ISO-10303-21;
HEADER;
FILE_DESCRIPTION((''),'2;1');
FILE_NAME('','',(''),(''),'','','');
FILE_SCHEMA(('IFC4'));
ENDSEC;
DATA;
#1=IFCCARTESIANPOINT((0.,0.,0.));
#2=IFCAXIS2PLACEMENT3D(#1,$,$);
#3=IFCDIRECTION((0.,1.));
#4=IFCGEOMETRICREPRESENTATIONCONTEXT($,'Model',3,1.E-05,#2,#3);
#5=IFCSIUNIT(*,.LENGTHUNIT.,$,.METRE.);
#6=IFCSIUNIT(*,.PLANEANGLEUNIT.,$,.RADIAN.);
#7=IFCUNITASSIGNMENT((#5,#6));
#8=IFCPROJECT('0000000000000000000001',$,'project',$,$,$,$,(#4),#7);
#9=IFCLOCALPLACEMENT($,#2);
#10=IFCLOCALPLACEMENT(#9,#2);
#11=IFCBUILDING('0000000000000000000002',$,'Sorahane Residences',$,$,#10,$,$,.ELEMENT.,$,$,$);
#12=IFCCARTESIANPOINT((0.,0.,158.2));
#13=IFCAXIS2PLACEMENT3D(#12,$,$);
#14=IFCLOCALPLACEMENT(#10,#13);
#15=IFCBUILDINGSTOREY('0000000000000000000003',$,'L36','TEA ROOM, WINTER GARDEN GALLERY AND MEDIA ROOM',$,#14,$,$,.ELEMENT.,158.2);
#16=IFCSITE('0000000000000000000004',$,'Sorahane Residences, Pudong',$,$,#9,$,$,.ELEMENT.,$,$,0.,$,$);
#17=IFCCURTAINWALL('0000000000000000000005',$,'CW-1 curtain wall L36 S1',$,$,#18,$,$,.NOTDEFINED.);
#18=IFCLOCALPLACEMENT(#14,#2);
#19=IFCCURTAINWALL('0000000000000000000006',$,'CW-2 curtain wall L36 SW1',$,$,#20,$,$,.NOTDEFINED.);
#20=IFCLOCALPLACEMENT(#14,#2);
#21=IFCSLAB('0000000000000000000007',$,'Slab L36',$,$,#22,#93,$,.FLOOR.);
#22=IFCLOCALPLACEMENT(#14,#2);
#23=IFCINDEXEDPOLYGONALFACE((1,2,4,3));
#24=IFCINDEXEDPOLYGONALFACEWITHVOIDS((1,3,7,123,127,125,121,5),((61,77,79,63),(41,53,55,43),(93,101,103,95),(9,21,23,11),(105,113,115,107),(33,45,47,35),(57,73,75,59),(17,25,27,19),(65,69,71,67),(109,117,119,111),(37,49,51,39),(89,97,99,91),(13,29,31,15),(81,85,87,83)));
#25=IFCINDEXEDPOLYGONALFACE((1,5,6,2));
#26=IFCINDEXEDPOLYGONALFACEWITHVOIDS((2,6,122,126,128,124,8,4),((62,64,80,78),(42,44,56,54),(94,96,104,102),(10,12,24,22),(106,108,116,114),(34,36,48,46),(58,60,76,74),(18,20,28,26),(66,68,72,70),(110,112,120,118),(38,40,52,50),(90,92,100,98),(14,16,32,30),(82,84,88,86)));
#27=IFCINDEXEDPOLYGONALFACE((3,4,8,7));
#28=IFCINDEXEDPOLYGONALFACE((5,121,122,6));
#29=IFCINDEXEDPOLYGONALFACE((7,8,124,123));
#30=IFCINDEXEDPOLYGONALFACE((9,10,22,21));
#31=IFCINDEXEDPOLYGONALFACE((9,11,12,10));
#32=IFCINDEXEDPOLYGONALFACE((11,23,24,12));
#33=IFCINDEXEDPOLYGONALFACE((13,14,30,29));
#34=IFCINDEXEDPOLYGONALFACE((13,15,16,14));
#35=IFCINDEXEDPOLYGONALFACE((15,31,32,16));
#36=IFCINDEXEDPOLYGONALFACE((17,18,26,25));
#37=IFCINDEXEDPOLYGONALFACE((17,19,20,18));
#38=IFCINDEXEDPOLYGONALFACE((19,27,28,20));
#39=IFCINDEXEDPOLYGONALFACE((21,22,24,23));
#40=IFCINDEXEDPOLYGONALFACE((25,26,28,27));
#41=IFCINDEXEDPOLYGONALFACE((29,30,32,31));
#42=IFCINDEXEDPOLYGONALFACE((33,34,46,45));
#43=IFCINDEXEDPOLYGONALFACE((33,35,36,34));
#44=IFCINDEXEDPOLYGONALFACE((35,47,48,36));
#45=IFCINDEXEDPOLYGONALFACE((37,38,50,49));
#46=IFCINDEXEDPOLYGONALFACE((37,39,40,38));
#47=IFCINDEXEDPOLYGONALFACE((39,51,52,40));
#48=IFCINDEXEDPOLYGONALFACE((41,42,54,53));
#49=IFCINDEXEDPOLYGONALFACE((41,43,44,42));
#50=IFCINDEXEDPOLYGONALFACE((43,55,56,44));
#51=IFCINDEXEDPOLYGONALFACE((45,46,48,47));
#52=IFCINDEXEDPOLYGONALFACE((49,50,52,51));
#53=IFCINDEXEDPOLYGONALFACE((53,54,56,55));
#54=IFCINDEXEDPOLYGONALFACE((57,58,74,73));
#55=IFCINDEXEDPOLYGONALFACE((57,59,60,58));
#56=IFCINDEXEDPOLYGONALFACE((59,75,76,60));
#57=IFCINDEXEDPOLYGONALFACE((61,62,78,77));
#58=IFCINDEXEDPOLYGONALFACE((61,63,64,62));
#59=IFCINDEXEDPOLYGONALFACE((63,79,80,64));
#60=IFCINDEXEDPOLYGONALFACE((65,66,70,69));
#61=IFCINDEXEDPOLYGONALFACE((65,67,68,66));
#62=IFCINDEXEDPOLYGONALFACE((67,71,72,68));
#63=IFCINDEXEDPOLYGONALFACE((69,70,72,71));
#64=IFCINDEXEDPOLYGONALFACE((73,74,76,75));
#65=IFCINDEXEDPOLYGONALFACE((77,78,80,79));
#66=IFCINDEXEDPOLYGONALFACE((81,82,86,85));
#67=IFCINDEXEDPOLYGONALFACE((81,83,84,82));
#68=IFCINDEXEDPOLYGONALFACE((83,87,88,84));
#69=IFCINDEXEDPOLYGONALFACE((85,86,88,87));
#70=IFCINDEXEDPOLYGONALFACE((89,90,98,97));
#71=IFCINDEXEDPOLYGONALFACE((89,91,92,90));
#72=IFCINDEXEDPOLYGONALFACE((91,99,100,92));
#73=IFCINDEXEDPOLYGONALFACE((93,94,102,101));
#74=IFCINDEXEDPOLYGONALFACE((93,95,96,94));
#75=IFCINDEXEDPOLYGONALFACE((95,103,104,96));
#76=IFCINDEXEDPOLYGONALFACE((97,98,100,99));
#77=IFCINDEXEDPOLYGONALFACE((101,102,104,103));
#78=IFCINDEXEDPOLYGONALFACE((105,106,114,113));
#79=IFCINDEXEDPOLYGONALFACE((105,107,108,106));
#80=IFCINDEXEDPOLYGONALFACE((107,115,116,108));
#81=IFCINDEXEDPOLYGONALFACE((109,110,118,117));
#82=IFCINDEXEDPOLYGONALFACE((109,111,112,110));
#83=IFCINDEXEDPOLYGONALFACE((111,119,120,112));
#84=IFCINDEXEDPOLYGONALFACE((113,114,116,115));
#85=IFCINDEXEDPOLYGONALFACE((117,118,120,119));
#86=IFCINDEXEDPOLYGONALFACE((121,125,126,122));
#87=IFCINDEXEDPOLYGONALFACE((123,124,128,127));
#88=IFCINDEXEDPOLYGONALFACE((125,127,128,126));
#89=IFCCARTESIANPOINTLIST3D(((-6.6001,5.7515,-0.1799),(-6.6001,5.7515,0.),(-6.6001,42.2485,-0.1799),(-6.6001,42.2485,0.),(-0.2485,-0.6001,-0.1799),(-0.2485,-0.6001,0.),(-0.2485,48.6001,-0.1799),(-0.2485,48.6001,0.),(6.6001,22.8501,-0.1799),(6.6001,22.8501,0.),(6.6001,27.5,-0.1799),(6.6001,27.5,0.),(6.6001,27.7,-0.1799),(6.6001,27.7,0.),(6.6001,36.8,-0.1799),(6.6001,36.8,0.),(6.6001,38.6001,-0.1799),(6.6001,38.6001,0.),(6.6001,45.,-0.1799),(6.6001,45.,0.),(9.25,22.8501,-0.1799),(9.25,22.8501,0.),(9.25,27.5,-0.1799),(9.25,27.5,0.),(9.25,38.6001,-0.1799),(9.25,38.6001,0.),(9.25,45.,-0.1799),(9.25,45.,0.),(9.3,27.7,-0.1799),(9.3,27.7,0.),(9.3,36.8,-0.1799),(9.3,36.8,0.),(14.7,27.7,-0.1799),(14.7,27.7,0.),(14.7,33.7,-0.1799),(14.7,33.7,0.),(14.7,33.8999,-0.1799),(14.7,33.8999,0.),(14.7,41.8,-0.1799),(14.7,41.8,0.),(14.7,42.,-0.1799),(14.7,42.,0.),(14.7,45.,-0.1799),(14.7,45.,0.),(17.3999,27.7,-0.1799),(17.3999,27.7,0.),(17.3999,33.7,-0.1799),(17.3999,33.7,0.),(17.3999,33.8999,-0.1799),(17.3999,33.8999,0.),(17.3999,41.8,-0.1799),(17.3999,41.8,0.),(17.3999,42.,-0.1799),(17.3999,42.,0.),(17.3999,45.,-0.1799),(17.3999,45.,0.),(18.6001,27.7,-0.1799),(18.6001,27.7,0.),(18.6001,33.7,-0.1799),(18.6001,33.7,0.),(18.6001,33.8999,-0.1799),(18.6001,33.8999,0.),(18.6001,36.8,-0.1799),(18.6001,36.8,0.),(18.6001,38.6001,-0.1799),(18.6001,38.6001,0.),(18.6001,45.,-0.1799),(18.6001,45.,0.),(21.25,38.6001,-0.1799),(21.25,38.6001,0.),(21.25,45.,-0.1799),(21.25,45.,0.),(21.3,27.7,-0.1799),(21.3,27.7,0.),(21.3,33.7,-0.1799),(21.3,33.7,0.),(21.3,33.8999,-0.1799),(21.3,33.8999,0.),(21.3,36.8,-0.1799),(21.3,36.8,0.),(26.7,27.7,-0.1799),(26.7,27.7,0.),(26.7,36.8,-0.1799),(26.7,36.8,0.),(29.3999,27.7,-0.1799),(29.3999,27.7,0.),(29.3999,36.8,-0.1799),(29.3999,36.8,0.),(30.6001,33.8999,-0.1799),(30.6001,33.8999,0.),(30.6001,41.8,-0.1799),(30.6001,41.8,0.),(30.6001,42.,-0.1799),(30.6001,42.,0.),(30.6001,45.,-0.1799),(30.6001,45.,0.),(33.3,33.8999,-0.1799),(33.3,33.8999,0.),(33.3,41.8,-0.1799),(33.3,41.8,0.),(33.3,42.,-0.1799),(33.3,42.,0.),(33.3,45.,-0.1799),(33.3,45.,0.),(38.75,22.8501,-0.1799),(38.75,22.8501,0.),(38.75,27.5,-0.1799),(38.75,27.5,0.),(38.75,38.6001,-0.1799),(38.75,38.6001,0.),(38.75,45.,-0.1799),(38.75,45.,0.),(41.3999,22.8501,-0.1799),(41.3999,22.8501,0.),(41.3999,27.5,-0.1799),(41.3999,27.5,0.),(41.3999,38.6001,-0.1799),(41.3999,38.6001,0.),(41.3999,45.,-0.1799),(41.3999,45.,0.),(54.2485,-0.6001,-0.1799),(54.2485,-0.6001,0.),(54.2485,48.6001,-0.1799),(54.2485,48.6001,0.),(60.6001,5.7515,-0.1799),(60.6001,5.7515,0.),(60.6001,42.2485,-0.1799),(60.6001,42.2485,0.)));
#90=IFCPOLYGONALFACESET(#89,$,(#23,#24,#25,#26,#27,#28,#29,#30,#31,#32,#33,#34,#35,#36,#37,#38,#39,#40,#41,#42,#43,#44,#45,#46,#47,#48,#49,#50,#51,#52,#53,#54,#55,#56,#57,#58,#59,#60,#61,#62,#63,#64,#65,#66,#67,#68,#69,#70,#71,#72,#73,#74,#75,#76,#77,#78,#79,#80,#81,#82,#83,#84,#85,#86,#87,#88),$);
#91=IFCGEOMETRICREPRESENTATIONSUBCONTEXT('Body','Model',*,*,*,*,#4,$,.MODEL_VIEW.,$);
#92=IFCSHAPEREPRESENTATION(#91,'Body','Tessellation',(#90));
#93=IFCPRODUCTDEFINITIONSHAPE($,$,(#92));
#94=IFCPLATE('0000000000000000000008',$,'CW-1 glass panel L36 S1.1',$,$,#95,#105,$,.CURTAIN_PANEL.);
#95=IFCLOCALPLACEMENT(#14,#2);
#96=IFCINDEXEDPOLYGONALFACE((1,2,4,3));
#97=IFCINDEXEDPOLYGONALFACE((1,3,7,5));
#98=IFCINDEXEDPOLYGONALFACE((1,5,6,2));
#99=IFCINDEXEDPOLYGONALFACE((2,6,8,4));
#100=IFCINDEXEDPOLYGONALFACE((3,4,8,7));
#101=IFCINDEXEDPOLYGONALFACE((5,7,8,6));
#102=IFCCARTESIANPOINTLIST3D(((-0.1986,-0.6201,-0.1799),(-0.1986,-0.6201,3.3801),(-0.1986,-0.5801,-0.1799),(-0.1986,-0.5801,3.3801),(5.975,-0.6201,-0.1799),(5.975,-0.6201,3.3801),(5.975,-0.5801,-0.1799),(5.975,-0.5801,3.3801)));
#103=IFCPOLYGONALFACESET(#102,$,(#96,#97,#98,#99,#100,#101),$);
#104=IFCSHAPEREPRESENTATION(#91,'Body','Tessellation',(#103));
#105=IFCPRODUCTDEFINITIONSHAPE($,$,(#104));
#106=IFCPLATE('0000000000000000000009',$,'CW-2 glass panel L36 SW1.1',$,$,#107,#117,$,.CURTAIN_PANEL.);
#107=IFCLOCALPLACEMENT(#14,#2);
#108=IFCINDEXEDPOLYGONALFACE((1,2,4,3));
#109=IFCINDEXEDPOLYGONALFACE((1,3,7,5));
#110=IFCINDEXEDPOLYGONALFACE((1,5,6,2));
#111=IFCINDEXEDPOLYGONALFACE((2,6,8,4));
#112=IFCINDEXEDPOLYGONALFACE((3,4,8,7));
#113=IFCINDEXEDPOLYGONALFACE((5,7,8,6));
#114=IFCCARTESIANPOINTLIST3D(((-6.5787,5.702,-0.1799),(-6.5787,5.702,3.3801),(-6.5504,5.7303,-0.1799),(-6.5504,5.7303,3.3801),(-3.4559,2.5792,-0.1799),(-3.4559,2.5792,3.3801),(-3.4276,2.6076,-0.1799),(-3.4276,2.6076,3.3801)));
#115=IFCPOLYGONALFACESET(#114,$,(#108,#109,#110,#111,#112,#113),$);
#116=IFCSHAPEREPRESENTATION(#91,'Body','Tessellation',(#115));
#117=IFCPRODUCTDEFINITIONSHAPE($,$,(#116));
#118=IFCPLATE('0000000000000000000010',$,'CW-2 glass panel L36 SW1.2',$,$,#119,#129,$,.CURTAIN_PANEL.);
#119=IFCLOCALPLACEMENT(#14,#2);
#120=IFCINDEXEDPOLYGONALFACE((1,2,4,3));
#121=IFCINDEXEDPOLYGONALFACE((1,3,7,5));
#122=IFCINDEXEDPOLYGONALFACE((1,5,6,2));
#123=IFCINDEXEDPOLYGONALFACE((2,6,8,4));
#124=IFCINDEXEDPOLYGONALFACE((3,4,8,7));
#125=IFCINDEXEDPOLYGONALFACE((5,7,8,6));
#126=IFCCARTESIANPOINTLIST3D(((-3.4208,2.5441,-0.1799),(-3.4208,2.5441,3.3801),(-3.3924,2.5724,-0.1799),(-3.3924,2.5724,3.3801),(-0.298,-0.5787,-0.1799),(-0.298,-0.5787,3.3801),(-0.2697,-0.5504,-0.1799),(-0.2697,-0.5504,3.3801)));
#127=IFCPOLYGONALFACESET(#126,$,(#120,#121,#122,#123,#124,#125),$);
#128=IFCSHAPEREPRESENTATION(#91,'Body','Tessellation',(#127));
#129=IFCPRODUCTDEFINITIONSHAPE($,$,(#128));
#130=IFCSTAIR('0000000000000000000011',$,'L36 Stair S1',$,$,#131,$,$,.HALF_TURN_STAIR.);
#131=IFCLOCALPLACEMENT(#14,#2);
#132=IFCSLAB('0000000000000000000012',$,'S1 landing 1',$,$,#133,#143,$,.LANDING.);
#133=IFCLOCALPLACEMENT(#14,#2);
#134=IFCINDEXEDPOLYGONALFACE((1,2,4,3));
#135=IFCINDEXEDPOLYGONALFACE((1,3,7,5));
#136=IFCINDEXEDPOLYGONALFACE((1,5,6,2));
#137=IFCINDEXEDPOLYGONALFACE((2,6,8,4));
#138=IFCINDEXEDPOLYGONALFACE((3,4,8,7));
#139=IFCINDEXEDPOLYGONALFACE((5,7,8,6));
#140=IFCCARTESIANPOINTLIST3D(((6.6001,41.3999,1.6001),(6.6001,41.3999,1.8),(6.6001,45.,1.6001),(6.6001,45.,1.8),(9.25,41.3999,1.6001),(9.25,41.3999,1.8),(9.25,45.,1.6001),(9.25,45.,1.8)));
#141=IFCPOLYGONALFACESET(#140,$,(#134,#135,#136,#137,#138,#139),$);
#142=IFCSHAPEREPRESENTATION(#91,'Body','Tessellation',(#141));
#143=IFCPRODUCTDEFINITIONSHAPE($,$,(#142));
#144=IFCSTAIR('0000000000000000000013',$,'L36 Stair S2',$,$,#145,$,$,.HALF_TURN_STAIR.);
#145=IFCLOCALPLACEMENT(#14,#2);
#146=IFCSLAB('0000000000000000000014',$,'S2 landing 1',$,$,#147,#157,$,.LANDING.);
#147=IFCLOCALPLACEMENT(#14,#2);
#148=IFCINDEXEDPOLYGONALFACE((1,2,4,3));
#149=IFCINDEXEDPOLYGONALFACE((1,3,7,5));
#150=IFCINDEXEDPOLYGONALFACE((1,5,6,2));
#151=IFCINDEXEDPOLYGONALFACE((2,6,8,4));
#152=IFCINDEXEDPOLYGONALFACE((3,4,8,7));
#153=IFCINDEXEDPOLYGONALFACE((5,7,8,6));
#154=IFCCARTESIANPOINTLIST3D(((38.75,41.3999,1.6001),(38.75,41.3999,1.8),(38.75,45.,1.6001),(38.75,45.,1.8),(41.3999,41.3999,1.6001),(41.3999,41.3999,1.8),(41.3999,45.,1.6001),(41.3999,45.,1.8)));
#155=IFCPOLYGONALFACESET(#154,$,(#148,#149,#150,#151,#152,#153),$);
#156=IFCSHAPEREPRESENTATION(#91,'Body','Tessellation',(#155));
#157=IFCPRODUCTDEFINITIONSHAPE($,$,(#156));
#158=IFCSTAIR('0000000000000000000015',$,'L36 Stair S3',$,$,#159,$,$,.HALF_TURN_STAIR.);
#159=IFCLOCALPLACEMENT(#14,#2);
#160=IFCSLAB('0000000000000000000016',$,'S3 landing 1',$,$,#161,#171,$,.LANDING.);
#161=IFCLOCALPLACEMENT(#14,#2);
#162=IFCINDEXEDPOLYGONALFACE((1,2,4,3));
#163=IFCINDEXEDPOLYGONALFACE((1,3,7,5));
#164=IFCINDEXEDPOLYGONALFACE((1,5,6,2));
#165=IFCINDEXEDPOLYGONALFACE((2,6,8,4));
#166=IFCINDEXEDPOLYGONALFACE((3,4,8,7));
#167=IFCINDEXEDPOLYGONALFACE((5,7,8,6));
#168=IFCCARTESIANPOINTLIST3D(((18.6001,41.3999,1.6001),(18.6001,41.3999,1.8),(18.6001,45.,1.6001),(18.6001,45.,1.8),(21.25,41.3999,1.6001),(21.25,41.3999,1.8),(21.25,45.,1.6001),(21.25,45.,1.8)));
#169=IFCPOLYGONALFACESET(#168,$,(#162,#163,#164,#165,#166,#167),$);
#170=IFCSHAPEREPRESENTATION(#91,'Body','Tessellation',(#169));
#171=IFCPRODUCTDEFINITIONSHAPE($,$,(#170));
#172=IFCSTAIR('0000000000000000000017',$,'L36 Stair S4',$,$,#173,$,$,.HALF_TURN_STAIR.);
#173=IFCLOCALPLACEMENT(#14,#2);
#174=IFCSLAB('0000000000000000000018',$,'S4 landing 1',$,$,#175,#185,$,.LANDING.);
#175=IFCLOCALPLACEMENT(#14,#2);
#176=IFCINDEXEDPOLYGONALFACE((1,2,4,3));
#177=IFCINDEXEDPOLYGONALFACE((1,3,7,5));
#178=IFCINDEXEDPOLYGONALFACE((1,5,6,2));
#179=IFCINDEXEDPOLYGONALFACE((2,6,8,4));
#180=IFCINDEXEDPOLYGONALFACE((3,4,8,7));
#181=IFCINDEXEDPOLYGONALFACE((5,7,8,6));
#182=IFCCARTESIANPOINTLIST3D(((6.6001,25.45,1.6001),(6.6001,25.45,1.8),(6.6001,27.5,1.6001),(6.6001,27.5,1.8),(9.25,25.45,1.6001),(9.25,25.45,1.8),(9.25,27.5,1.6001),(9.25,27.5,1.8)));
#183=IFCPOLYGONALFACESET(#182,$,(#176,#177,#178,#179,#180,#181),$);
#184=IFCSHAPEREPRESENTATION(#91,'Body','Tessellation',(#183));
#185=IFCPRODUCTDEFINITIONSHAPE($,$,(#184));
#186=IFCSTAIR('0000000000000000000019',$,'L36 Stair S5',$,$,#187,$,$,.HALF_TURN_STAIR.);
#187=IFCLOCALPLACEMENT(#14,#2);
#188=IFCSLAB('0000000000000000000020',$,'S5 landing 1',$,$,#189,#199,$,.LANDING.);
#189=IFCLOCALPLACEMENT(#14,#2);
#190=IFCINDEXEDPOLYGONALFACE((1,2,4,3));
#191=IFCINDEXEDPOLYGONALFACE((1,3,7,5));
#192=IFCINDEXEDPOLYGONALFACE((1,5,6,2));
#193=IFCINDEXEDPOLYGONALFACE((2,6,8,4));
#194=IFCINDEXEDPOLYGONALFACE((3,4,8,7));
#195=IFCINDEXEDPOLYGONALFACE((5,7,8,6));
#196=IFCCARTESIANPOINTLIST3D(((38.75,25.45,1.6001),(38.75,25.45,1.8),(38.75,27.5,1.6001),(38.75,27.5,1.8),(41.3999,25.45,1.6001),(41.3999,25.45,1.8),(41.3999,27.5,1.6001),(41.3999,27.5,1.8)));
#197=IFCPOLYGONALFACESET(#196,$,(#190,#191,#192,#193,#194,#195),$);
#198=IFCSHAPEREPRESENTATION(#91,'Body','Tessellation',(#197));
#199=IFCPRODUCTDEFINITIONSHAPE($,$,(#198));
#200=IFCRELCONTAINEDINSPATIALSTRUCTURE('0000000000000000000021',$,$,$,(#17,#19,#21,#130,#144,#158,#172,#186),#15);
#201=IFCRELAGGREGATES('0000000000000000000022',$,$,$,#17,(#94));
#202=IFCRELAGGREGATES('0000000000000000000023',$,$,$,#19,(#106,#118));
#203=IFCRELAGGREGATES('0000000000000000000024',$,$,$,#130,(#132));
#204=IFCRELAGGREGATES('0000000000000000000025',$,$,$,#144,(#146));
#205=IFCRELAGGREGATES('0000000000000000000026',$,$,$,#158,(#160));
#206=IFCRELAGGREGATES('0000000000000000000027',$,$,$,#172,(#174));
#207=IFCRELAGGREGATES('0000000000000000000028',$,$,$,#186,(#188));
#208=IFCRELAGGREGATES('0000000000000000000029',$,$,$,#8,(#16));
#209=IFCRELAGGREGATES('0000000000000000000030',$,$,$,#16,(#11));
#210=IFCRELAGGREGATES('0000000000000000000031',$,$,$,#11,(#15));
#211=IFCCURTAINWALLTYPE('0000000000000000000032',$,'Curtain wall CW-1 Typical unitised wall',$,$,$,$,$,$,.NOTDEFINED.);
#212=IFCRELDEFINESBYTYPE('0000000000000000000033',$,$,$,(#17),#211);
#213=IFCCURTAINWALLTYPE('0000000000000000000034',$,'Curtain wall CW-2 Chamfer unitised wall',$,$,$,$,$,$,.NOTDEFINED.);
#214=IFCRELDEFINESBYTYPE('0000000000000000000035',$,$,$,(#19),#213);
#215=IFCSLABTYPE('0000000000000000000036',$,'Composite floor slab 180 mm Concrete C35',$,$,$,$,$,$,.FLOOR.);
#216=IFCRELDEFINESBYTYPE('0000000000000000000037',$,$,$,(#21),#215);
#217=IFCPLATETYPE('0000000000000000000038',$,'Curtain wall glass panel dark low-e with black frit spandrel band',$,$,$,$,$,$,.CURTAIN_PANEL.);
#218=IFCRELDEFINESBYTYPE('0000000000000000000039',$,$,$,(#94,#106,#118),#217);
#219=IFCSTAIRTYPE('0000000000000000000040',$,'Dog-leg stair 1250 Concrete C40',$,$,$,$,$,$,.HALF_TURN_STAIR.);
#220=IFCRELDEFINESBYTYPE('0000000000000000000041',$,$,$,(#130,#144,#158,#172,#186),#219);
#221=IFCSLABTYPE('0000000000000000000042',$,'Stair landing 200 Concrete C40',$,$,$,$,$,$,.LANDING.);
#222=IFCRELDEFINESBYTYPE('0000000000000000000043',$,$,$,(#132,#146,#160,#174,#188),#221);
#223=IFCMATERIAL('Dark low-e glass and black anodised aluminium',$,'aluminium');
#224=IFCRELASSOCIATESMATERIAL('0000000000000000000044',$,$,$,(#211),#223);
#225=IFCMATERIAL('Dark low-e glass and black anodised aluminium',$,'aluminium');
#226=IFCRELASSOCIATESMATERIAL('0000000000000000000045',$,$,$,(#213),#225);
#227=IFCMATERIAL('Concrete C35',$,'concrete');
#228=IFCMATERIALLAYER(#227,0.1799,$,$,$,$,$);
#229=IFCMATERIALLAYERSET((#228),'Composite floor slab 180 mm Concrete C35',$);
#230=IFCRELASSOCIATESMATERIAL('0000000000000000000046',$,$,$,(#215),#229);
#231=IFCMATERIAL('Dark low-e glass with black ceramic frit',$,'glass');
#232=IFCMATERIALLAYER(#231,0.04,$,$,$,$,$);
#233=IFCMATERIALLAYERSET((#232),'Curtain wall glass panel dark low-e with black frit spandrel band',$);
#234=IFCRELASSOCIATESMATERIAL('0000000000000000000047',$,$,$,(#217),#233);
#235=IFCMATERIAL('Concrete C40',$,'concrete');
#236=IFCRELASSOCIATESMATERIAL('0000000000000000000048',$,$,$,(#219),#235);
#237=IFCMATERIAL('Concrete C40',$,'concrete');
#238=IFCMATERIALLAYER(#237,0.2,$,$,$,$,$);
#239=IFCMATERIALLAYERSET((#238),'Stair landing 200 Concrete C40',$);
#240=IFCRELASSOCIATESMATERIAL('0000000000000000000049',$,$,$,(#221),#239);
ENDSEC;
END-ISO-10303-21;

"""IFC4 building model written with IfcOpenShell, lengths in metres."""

from ifc_helpers import new_model, si_unit, direction, frame, origin, origin_2d, place, context, subcontext, project, spatial, polyline, rectangle, outline, extrude, material, layer, layer_set, type_object, element, aggregate, save


model = new_model("IFC4")

# Units and contexts
model_context = context("Model", 3, precision=1e-05, world=origin(), true_north=direction((0.0, 1.0)))
body_context = subcontext(model_context, "Body", "Model", "MODEL_VIEW")
ifc_project = project(units=[si_unit("LENGTHUNIT", "METRE"), si_unit("PLANEANGLEUNIT", "RADIAN")], contexts=[model_context])

# Site, building, storey
site_placement = place(None, origin())
site = spatial("IfcSite", under=ifc_project, at=site_placement, Name="Sorahane Residences, Pudong", CompositionType="ELEMENT", RefElevation=0.0)
building_placement = place(site_placement, origin())
building = spatial("IfcBuilding", under=site, at=building_placement, Name="Sorahane Residences", CompositionType="ELEMENT")
storey_placement = place(building_placement, frame((0.0, 0.0, 158.2)))
storey = spatial("IfcBuildingStorey", under=building, at=storey_placement, Name="L36", Description="TEA ROOM, WINTER GARDEN GALLERY AND MEDIA ROOM", CompositionType="ELEMENT", Elevation=158.2)

# Curtain wall
ifc_material_1 = material(Name="Dark low-e glass and black anodised aluminium", Category="aluminium")
curtain_wall_type_1 = type_object("IfcCurtainWallType", Name="Curtain wall CW-1 Typical unitised wall", PredefinedType="NOTDEFINED", material=ifc_material_1)
curtain_wall_1_placement = place(storey_placement, origin())
curtain_wall_1 = element("IfcCurtainWall", 1, at=curtain_wall_1_placement, inside=storey, type_object=curtain_wall_type_1, Name="CW-1 curtain wall L36 S1", PredefinedType="NOTDEFINED")

# Curtain wall
ifc_material_2 = material(Name="Dark low-e glass and black anodised aluminium", Category="aluminium")
curtain_wall_type_2 = type_object("IfcCurtainWallType", Name="Curtain wall CW-2 Chamfer unitised wall", PredefinedType="NOTDEFINED", material=ifc_material_2)
curtain_wall_2_placement = place(storey_placement, origin())
curtain_wall_2 = element("IfcCurtainWall", 2, at=curtain_wall_2_placement, inside=storey, type_object=curtain_wall_type_2, Name="CW-2 curtain wall L36 SW1", PredefinedType="NOTDEFINED")

# Slab
ifc_material_3 = material(Name="Concrete C35", Category="concrete")
ifc_layer_1 = layer(ifc_material_3, 0.1799)
ifc_layer_set_1 = layer_set([ifc_layer_1], Name="Composite floor slab 180 mm Concrete C35")
slab_type_1 = type_object("IfcSlabType", Name="Composite floor slab 180 mm Concrete C35", PredefinedType="FLOOR", material=ifc_layer_set_1)
slab_1_placement = place(storey_placement, frame((0.0, 0.0, -0.1799)))
element("IfcSlab", 3, at=slab_1_placement, inside=storey, type_object=slab_type_1, Name="Slab L36", PredefinedType="FLOOR", context=body_context, shape_type="SweptSolid", body=[
    extrude(outline(polyline([(-0.2485, -0.6001), (-6.6001, 5.7515), (-6.6001, 42.2485), (-0.2485, 48.6001), (54.2485, 48.6001), (60.6001, 42.2485), (60.6001, 5.7515), (54.2485, -0.6001), (-0.2485, -0.6001)]), holes=[polyline([(18.6001, 27.7), (21.3, 27.7), (21.3, 33.7), (18.6001, 33.7), (18.6001, 27.7)]), polyline([(30.6001, 42.0), (33.3, 42.0), (33.3, 45.0), (30.6001, 45.0), (30.6001, 42.0)]), polyline([(14.7, 27.7), (17.3999, 27.7), (17.3999, 33.7), (14.7, 33.7), (14.7, 27.7)]), polyline([(14.7, 42.0), (17.3999, 42.0), (17.3999, 45.0), (14.7, 45.0), (14.7, 42.0)]), polyline([(6.6001, 27.7), (9.3, 27.7), (9.3, 36.8), (6.6001, 36.8), (6.6001, 27.7)]), polyline([(9.25, 38.6001), (9.25, 45.0), (6.6001, 45.0), (6.6001, 38.6001), (9.25, 38.6001)]), polyline([(41.3999, 38.6001), (41.3999, 45.0), (38.75, 45.0), (38.75, 38.6001), (41.3999, 38.6001)]), polyline([(21.25, 38.6001), (21.25, 45.0), (18.6001, 45.0), (18.6001, 38.6001), (21.25, 38.6001)]), polyline([(9.25, 22.8501), (9.25, 27.5), (6.6001, 27.5), (6.6001, 22.8501), (9.25, 22.8501)]), polyline([(41.3999, 22.8501), (41.3999, 27.5), (38.75, 27.5), (38.75, 22.8501), (41.3999, 22.8501)]), polyline([(14.7, 33.8999), (17.3999, 33.8999), (17.3999, 41.8), (14.7, 41.8), (14.7, 33.8999)]), polyline([(30.6001, 33.8999), (33.3, 33.8999), (33.3, 41.8), (30.6001, 41.8), (30.6001, 33.8999)]), polyline([(18.6001, 33.8999), (21.3, 33.8999), (21.3, 36.8), (18.6001, 36.8), (18.6001, 33.8999)]), polyline([(26.7, 27.7), (29.3999, 27.7), (29.3999, 36.8), (26.7, 36.8), (26.7, 27.7)])]), origin(), (0.0, 0.0, 1.0), 0.1799),
])

# Plates
ifc_material_4 = material(Name="Dark low-e glass with black ceramic frit", Category="glass")
ifc_layer_2 = layer(ifc_material_4, 0.04)
ifc_layer_set_2 = layer_set([ifc_layer_2], Name="Curtain wall glass panel dark low-e with black frit spandrel band")
plate_type = type_object("IfcPlateType", Name="Curtain wall glass panel dark low-e with black frit spandrel band", PredefinedType="CURTAIN_PANEL", material=ifc_layer_set_2)
plate_1_placement = place(storey_placement, frame((2.8882, -0.6001, -0.1799), z_axis=(0.0, 0.0, 1.0), x_axis=(1.0, 0.0, 0.0)))
plate_1 = element("IfcPlate", 4, at=plate_1_placement, type_object=plate_type, Name="CW-1 glass panel L36 S1.1", PredefinedType="CURTAIN_PANEL", context=body_context, shape_type="SweptSolid", body=[
    extrude(rectangle(XDim=6.1736, YDim=0.04, at=origin_2d()), origin(), (0.0, 0.0, 1.0), 3.5601),
])
aggregate(curtain_wall_1, [plate_1])
plate_2_placement = place(storey_placement, frame((-5.0032, 4.1548, -0.1799), z_axis=(0.0, 0.0, 1.0), x_axis=(0.707107, -0.707107, 0.0)))
plate_2 = element("IfcPlate", 5, at=plate_2_placement, type_object=plate_type, Name="CW-2 glass panel L36 SW1.1", PredefinedType="CURTAIN_PANEL", context=body_context, shape_type="SweptSolid", body=[
    extrude(rectangle(XDim=4.4163, YDim=0.04, at=origin_2d()), origin(), (0.0, 0.0, 1.0), 3.5601),
])
plate_3_placement = place(storey_placement, frame((-1.8452, 0.9968, -0.1799), z_axis=(0.0, 0.0, 1.0), x_axis=(0.707107, -0.707107, 0.0)))
plate_3 = element("IfcPlate", 6, at=plate_3_placement, type_object=plate_type, Name="CW-2 glass panel L36 SW1.2", PredefinedType="CURTAIN_PANEL", context=body_context, shape_type="SweptSolid", body=[
    extrude(rectangle(XDim=4.4163, YDim=0.04, at=origin_2d()), origin(), (0.0, 0.0, 1.0), 3.5601),
])
aggregate(curtain_wall_2, [plate_2, plate_3])

# Stairs, slabs
ifc_material_5 = material(Name="Concrete C40", Category="concrete")
stair_type = type_object("IfcStairType", Name="Dog-leg stair 1250 Concrete C40", PredefinedType="HALF_TURN_STAIR", material=ifc_material_5)
stair_1_placement = place(storey_placement, origin())
stair_1 = element("IfcStair", 7, at=stair_1_placement, inside=storey, type_object=stair_type, Name="L36 Stair S1", PredefinedType="HALF_TURN_STAIR")
ifc_material_6 = material(Name="Concrete C40", Category="concrete")
ifc_layer_3 = layer(ifc_material_6, 0.2)
ifc_layer_set_3 = layer_set([ifc_layer_3], Name="Stair landing 200 Concrete C40")
slab_type_2 = type_object("IfcSlabType", Name="Stair landing 200 Concrete C40", PredefinedType="LANDING", material=ifc_layer_set_3)
slab_2_placement = place(storey_placement, frame((0.0, 0.0, 1.6001)))
slab_2 = element("IfcSlab", 8, at=slab_2_placement, type_object=slab_type_2, Name="S1 landing 1", PredefinedType="LANDING", context=body_context, shape_type="SweptSolid", body=[
    extrude(outline(polyline([(9.25, 41.3999), (9.25, 45.0), (6.6001, 45.0), (6.6001, 41.3999), (9.25, 41.3999)])), origin(), (0.0, 0.0, 1.0), 0.2),
])
aggregate(stair_1, [slab_2])
stair_2_placement = place(storey_placement, origin())
stair_2 = element("IfcStair", 9, at=stair_2_placement, inside=storey, type_object=stair_type, Name="L36 Stair S2", PredefinedType="HALF_TURN_STAIR")
slab_3_placement = place(storey_placement, frame((0.0, 0.0, 1.6001)))
slab_3 = element("IfcSlab", 10, at=slab_3_placement, type_object=slab_type_2, Name="S2 landing 1", PredefinedType="LANDING", context=body_context, shape_type="SweptSolid", body=[
    extrude(outline(polyline([(41.3999, 41.3999), (41.3999, 45.0), (38.75, 45.0), (38.75, 41.3999), (41.3999, 41.3999)])), origin(), (0.0, 0.0, 1.0), 0.2),
])
aggregate(stair_2, [slab_3])
stair_3_placement = place(storey_placement, origin())
stair_3 = element("IfcStair", 11, at=stair_3_placement, inside=storey, type_object=stair_type, Name="L36 Stair S3", PredefinedType="HALF_TURN_STAIR")
slab_4_placement = place(storey_placement, frame((0.0, 0.0, 1.6001)))
slab_4 = element("IfcSlab", 12, at=slab_4_placement, type_object=slab_type_2, Name="S3 landing 1", PredefinedType="LANDING", context=body_context, shape_type="SweptSolid", body=[
    extrude(outline(polyline([(21.25, 41.3999), (21.25, 45.0), (18.6001, 45.0), (18.6001, 41.3999), (21.25, 41.3999)])), origin(), (0.0, 0.0, 1.0), 0.2),
])
aggregate(stair_3, [slab_4])
stair_4_placement = place(storey_placement, origin())
stair_4 = element("IfcStair", 13, at=stair_4_placement, inside=storey, type_object=stair_type, Name="L36 Stair S4", PredefinedType="HALF_TURN_STAIR")
slab_5_placement = place(storey_placement, frame((0.0, 0.0, 1.6001)))
slab_5 = element("IfcSlab", 14, at=slab_5_placement, type_object=slab_type_2, Name="S4 landing 1", PredefinedType="LANDING", context=body_context, shape_type="SweptSolid", body=[
    extrude(outline(polyline([(9.25, 25.45), (9.25, 27.5), (6.6001, 27.5), (6.6001, 25.45), (9.25, 25.45)])), origin(), (0.0, 0.0, 1.0), 0.2),
])
aggregate(stair_4, [slab_5])
stair_5_placement = place(storey_placement, origin())
stair_5 = element("IfcStair", 15, at=stair_5_placement, inside=storey, type_object=stair_type, Name="L36 Stair S5", PredefinedType="HALF_TURN_STAIR")
slab_6_placement = place(storey_placement, frame((0.0, 0.0, 1.6001)))
slab_6 = element("IfcSlab", 16, at=slab_6_placement, type_object=slab_type_2, Name="S5 landing 1", PredefinedType="LANDING", context=body_context, shape_type="SweptSolid", body=[
    extrude(outline(polyline([(41.3999, 25.45), (41.3999, 27.5), (38.75, 27.5), (38.75, 25.45), (41.3999, 25.45)])), origin(), (0.0, 0.0, 1.0), 0.2),
])
aggregate(stair_5, [slab_6])

save(model, "model.ifc")
